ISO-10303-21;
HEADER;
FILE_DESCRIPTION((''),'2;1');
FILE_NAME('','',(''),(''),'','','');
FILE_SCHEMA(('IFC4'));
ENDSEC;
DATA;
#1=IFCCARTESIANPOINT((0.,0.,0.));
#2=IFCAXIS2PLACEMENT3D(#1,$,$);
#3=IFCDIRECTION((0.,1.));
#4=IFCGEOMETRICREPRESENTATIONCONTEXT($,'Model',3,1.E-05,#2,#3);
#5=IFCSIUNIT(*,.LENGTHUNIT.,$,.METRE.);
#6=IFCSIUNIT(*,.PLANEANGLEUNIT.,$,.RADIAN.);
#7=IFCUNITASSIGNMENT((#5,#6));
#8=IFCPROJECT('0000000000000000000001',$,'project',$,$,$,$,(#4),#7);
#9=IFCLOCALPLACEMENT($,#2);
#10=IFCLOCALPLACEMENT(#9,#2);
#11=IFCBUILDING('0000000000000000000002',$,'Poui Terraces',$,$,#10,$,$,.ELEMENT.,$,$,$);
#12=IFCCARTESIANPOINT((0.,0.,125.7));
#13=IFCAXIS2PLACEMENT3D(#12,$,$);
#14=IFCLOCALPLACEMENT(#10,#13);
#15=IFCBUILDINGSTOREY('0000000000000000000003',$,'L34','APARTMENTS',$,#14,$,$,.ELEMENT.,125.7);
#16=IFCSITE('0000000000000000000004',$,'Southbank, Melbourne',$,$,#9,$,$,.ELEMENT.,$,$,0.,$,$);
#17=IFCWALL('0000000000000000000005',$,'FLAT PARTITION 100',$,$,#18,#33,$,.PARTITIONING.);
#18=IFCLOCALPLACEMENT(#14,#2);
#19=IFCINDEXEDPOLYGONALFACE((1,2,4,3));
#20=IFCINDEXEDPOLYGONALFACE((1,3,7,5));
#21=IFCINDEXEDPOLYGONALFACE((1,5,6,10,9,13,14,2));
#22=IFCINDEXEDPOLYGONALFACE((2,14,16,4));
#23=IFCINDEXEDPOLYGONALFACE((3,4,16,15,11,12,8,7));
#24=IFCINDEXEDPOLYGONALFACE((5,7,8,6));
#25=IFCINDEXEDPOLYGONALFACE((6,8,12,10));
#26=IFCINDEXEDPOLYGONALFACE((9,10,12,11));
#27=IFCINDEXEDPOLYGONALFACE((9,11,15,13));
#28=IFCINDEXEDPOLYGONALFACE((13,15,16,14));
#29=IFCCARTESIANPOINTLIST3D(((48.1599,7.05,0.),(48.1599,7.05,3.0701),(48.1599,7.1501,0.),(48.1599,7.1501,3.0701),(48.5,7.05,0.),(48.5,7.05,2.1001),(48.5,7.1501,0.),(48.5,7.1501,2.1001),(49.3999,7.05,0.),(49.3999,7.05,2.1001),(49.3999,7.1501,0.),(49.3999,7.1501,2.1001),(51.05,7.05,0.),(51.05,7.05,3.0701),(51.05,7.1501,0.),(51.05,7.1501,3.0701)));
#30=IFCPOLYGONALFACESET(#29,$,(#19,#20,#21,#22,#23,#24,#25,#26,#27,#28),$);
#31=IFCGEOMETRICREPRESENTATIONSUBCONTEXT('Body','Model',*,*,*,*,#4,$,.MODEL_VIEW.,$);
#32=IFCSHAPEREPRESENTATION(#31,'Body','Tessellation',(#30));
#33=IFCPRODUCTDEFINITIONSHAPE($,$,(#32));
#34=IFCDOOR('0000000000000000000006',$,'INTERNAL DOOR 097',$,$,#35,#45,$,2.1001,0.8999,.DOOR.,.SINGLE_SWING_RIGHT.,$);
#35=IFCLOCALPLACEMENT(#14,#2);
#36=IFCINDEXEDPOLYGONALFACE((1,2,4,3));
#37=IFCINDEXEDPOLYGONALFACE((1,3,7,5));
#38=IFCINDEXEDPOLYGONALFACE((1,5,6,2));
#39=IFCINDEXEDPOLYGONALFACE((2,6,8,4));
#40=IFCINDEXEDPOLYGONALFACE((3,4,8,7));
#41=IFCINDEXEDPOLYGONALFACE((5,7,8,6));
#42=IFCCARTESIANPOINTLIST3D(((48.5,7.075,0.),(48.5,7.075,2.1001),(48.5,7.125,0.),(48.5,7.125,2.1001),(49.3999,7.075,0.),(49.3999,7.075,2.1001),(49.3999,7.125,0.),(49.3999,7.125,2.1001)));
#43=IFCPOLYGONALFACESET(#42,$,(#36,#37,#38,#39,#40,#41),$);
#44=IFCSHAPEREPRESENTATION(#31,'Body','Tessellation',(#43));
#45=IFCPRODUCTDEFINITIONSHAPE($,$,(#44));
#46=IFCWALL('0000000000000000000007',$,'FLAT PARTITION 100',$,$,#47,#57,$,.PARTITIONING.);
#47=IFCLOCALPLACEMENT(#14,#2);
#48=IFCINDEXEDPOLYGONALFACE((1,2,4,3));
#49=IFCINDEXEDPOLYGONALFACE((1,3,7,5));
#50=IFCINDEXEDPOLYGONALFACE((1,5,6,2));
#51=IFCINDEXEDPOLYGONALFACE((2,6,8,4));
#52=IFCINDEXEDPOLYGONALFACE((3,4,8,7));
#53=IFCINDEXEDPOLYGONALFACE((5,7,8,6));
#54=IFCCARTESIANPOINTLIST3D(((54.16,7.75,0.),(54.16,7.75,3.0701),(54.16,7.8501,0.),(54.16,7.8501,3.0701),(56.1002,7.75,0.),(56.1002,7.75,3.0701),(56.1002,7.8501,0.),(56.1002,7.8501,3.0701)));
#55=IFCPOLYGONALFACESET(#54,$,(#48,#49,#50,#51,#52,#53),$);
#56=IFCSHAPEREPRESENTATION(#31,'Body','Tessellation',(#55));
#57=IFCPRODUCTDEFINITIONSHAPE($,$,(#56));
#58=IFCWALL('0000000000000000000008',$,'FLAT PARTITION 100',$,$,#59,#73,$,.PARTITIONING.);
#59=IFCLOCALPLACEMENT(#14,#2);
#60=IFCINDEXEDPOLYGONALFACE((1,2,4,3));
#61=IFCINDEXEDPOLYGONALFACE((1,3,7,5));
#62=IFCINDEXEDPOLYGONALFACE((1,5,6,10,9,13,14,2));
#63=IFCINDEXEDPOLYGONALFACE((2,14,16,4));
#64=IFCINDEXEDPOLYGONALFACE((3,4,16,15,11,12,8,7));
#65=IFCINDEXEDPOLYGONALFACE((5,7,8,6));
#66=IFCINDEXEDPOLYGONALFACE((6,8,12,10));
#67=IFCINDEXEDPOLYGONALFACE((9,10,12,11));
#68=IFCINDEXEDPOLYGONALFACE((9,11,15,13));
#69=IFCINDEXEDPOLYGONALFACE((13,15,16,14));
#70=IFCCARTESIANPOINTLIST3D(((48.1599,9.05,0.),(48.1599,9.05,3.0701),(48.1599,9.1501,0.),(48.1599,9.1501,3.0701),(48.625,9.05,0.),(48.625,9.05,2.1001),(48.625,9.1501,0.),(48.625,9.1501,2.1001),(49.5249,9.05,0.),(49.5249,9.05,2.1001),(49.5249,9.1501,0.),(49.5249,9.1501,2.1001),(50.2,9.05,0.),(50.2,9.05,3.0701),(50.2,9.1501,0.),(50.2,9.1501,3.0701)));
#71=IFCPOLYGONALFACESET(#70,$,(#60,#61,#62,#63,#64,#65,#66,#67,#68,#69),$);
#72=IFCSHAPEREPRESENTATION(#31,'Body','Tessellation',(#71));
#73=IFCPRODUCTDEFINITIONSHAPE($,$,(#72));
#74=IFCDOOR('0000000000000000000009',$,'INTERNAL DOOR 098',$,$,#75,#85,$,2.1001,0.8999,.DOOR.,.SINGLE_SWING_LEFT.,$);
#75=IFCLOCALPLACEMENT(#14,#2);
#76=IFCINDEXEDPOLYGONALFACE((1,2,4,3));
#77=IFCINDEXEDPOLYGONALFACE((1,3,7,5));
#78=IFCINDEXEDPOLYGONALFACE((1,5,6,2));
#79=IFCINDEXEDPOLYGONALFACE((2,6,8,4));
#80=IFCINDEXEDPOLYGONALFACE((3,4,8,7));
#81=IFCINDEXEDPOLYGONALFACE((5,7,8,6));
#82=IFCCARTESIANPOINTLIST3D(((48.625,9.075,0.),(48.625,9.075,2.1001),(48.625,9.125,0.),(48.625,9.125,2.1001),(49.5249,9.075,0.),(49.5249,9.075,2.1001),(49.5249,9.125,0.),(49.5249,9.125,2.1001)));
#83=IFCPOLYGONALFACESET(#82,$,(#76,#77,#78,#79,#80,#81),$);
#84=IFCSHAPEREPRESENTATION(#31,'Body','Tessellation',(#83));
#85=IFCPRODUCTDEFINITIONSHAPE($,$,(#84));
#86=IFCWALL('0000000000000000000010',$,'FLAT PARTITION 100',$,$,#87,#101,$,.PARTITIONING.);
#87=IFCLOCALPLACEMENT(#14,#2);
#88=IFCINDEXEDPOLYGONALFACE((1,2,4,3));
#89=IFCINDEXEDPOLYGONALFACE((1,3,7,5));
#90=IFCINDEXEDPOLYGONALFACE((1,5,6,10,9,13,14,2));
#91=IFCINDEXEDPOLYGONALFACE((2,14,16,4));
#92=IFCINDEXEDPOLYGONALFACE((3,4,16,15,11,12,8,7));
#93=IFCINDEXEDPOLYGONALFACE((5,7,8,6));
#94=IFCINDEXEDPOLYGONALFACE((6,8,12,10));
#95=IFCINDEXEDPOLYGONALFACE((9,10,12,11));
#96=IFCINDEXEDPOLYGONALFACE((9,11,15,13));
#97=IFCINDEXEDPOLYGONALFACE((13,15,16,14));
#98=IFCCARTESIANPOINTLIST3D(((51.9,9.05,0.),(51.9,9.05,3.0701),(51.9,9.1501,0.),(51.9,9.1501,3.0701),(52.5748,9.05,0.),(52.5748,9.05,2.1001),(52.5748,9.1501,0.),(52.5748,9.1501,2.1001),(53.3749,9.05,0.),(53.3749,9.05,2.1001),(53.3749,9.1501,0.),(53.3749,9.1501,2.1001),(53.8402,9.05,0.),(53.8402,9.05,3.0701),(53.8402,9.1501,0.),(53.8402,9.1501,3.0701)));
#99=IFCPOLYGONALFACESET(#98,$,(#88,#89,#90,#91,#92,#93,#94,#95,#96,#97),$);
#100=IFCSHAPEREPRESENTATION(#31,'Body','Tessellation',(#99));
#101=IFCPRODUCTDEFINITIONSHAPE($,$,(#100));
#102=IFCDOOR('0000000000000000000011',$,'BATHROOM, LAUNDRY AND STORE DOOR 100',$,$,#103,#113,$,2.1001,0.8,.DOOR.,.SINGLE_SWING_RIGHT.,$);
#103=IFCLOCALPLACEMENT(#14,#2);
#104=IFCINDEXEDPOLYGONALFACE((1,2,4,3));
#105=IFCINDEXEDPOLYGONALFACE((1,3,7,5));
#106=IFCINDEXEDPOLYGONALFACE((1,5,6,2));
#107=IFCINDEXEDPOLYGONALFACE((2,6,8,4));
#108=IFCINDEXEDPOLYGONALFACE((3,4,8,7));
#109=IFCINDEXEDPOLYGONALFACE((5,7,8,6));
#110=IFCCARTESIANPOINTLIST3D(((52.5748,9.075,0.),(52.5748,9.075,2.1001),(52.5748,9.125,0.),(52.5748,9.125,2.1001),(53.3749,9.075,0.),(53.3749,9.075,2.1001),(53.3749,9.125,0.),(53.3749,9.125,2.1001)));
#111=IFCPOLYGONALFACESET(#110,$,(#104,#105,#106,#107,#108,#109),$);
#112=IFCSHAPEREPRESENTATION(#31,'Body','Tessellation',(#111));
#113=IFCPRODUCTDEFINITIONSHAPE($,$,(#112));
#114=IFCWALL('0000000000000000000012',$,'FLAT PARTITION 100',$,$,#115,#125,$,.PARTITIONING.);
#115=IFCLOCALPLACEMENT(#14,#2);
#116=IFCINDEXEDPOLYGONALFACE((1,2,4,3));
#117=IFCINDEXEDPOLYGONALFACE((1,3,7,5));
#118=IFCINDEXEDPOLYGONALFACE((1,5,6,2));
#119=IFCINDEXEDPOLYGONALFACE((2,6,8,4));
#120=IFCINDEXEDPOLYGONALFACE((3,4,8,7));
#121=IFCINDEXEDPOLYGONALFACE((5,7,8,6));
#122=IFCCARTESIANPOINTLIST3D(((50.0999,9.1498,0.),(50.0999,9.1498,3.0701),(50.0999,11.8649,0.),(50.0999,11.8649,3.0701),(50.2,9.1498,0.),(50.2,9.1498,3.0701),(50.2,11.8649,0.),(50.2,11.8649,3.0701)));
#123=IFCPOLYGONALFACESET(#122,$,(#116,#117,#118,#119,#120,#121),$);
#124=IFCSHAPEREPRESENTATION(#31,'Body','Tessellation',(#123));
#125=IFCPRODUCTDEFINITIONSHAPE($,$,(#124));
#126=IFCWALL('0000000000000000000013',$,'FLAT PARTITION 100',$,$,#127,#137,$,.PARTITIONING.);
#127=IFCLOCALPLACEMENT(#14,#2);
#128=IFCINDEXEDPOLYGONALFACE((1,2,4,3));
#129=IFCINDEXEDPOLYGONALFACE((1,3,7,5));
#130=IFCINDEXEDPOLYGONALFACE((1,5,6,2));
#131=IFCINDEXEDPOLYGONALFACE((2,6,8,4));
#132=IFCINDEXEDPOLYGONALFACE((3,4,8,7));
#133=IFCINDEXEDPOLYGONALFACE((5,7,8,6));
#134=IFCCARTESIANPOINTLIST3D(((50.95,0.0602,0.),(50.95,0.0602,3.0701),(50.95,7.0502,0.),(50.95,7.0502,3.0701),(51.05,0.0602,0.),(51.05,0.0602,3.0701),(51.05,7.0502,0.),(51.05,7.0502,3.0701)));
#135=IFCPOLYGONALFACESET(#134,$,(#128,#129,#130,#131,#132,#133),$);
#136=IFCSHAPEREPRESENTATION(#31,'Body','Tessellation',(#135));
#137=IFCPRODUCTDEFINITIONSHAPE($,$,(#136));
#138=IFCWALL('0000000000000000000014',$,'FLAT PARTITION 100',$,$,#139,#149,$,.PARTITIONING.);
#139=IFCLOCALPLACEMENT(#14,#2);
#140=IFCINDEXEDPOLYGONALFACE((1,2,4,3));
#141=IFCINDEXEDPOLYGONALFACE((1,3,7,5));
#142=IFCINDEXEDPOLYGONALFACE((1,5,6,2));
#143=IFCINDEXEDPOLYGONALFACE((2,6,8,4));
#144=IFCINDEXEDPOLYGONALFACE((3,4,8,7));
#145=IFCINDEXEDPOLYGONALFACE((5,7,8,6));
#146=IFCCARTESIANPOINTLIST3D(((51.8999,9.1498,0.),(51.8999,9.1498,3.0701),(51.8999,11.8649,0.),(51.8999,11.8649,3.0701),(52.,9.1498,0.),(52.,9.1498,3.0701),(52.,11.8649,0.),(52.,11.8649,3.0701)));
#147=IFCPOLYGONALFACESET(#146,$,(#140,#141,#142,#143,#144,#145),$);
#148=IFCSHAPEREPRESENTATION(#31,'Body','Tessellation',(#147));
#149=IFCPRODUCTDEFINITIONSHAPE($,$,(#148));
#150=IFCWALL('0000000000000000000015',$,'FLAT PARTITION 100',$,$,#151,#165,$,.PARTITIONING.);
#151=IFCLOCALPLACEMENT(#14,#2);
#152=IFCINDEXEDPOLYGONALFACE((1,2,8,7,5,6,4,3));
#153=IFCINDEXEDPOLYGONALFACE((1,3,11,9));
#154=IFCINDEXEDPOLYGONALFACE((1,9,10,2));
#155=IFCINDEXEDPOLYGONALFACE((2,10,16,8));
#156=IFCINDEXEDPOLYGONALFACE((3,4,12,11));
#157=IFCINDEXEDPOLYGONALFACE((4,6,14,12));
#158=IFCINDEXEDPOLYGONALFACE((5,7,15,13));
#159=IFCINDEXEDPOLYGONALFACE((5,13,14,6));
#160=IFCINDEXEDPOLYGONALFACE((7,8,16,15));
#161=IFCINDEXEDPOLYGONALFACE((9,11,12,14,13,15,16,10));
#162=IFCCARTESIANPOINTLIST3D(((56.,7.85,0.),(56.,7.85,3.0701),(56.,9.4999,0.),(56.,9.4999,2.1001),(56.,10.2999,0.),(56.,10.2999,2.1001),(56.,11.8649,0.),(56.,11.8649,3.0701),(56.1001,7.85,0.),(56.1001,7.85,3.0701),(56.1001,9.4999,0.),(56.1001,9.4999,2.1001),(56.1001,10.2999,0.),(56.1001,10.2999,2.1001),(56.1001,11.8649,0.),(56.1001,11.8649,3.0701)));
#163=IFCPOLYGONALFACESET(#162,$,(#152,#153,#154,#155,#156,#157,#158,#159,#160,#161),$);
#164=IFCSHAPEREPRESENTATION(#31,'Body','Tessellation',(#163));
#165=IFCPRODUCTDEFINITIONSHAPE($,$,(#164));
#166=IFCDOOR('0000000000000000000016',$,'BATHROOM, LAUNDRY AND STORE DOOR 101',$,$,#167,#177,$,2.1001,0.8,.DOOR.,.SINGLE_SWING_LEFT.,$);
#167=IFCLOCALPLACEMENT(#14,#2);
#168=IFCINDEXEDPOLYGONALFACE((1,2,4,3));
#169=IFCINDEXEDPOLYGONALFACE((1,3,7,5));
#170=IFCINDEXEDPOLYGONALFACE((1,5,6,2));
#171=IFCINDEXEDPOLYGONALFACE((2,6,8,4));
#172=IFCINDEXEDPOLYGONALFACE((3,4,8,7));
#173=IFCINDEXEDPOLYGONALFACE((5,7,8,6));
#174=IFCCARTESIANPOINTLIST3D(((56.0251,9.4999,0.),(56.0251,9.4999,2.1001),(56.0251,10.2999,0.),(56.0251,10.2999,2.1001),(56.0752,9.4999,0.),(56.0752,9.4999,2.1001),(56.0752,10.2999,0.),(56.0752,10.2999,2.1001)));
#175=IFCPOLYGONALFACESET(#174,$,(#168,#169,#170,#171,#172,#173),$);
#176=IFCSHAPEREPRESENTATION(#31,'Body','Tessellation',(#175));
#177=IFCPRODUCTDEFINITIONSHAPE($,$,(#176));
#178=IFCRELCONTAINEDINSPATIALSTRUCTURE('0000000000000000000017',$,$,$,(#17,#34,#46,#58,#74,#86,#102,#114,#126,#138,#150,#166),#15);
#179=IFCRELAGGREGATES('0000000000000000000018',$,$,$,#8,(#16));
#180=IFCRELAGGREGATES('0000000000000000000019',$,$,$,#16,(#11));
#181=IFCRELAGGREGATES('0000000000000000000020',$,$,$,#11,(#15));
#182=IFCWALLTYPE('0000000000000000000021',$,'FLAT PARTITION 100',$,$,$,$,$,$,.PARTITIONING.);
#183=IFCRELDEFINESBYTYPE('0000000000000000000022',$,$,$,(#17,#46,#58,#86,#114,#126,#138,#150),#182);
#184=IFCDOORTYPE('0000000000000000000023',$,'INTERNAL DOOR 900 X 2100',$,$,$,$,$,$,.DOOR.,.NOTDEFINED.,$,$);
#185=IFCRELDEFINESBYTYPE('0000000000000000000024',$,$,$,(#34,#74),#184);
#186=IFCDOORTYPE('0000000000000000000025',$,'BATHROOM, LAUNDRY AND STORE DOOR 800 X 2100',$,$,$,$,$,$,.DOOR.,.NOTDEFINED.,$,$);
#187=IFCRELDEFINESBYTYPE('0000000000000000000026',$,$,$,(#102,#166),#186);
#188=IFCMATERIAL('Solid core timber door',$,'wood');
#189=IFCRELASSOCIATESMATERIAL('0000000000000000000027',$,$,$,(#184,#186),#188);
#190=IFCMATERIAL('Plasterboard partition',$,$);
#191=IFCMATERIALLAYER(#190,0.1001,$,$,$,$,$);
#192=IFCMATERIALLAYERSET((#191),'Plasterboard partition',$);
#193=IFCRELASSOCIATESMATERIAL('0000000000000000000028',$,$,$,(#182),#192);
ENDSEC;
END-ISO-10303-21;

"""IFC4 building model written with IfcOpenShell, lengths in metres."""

from ifc_helpers import new_model, si_unit, direction, frame, frame_2d, origin, place, context, subcontext, project, spatial, rectangle, extrude, material, layer, layer_set, type_object, element, fill, save


model = new_model("IFC4")

# Units and contexts
model_context = context("Model", 3, precision=1e-05, world=origin(), true_north=direction((0.0, 1.0)))
body_context = subcontext(model_context, "Body", "Model", "MODEL_VIEW")
ifc_project = project(units=[si_unit("LENGTHUNIT", "METRE"), si_unit("PLANEANGLEUNIT", "RADIAN")], contexts=[model_context])

# Site, building, storey
site_placement = place(None, origin())
site = spatial("IfcSite", under=ifc_project, at=site_placement, Name="Southbank, Melbourne", CompositionType="ELEMENT", RefElevation=0.0)
building_placement = place(site_placement, origin())
building = spatial("IfcBuilding", under=site, at=building_placement, Name="Poui Terraces", CompositionType="ELEMENT")
storey_placement = place(building_placement, frame((0.0, 0.0, 125.7)))
storey = spatial("IfcBuildingStorey", under=building, at=storey_placement, Name="L34", Description="APARTMENTS", CompositionType="ELEMENT", Elevation=125.7)

# Shared definitions
ifc_material_1 = material(Name="Solid core timber door", Category="wood")
door_type_1 = type_object("IfcDoorType", Name="INTERNAL DOOR 900 X 2100", OperationType="NOTDEFINED", PredefinedType="DOOR", material=ifc_material_1)

# Wall, opening, door
ifc_material_2 = material(Name="Plasterboard partition")
ifc_layer_1 = layer(ifc_material_2, 0.1001)
ifc_layer_set_1 = layer_set([ifc_layer_1], Name="Plasterboard partition")
wall_type_1 = type_object("IfcWallType", Name="FLAT PARTITION 100", PredefinedType="PARTITIONING", material=ifc_layer_set_1)
wall_1_placement = place(storey_placement, frame((48.1599, 7.1001, 0.0), z_axis=(0.0, 0.0, 1.0), x_axis=(1.0, 0.0, 0.0)))
wall_1 = element("IfcWall", 1, at=wall_1_placement, inside=storey, type_object=wall_type_1, Name="FLAT PARTITION 100", PredefinedType="PARTITIONING", context=body_context, shape_type="SweptSolid", body=[
    extrude(rectangle(XDim=2.8901, YDim=0.1001, at=frame_2d((1.4451, 0.0))), origin(), (0.0, 0.0, 1.0), 3.0701),
])
opening_1_placement = place(wall_1_placement, frame((0.3401, 0.0, 0.0)))
opening_1 = element("IfcOpeningElement", 2, at=opening_1_placement, cuts=wall_1, PredefinedType="OPENING", context=body_context, shape_type="SweptSolid", body=[
    extrude(rectangle(XDim=0.8999, YDim=2.1001, at=frame_2d((0.45, 1.05))), frame((0.0, 0.0601, 0.0), z_axis=(0.0, -1.0, 0.0), x_axis=(1.0, 0.0, 0.0)), (0.0, 0.0, 1.0), 0.1201),
])
door_1_placement = place(opening_1_placement, origin())
door_1 = element("IfcDoor", 3, at=door_1_placement, inside=storey, type_object=door_type_1, Name="INTERNAL DOOR 097", OperationType="SINGLE_SWING_RIGHT", OverallHeight=2.1001, OverallWidth=0.8999, PredefinedType="DOOR", context=body_context, shape_type="SweptSolid", body=[
    extrude(rectangle(XDim=0.8999, YDim=2.1001, at=frame_2d((0.45, 1.05))), frame((0.0, 0.0249, 0.0), z_axis=(0.0, -1.0, 0.0), x_axis=(1.0, 0.0, 0.0)), (0.0, 0.0, 1.0), 0.05),
])
fill(opening_1, door_1)

# Wall
wall_2_placement = place(storey_placement, frame((54.1599, 7.8, 0.0), z_axis=(0.0, 0.0, 1.0), x_axis=(1.0, 0.0, 0.0)))
element("IfcWall", 4, at=wall_2_placement, inside=storey, type_object=wall_type_1, Name="FLAT PARTITION 100", PredefinedType="PARTITIONING", context=body_context, shape_type="SweptSolid", body=[
    extrude(rectangle(XDim=1.9402, YDim=0.1001, at=frame_2d((0.9702, 0.0))), origin(), (0.0, 0.0, 1.0), 3.0701),
])

# Walls, openings, doors
wall_3_placement = place(storey_placement, frame((48.1599, 9.1001, 0.0), z_axis=(0.0, 0.0, 1.0), x_axis=(1.0, 0.0, 0.0)))
wall_3 = element("IfcWall", 5, at=wall_3_placement, inside=storey, type_object=wall_type_1, Name="FLAT PARTITION 100", PredefinedType="PARTITIONING", context=body_context, shape_type="SweptSolid", body=[
    extrude(rectangle(XDim=2.04, YDim=0.1001, at=frame_2d((1.02, 0.0))), origin(), (0.0, 0.0, 1.0), 3.0701),
])
opening_2_placement = place(wall_3_placement, frame((0.4651, 0.0, 0.0)))
opening_2 = element("IfcOpeningElement", 6, at=opening_2_placement, cuts=wall_3, PredefinedType="OPENING", context=body_context, shape_type="SweptSolid", body=[
    extrude(rectangle(XDim=0.8999, YDim=2.1001, at=frame_2d((0.45, 1.05))), frame((0.0, 0.0601, 0.0), z_axis=(0.0, -1.0, 0.0), x_axis=(1.0, 0.0, 0.0)), (0.0, 0.0, 1.0), 0.1201),
])
door_2_placement = place(opening_2_placement, origin())
door_2 = element("IfcDoor", 7, at=door_2_placement, inside=storey, type_object=door_type_1, Name="INTERNAL DOOR 098", OperationType="SINGLE_SWING_LEFT", OverallHeight=2.1001, OverallWidth=0.8999, PredefinedType="DOOR", context=body_context, shape_type="SweptSolid", body=[
    extrude(rectangle(XDim=0.8999, YDim=2.1001, at=frame_2d((0.45, 1.05))), frame((0.0, 0.0249, 0.0), z_axis=(0.0, -1.0, 0.0), x_axis=(1.0, 0.0, 0.0)), (0.0, 0.0, 1.0), 0.05),
])
fill(opening_2, door_2)
wall_4_placement = place(storey_placement, frame((51.8999, 9.1001, 0.0), z_axis=(0.0, 0.0, 1.0), x_axis=(1.0, 0.0, 0.0)))
wall_4 = element("IfcWall", 8, at=wall_4_placement, inside=storey, type_object=wall_type_1, Name="FLAT PARTITION 100", PredefinedType="PARTITIONING", context=body_context, shape_type="SweptSolid", body=[
    extrude(rectangle(XDim=1.9402, YDim=0.1001, at=frame_2d((0.9702, 0.0))), origin(), (0.0, 0.0, 1.0), 3.0701),
])
opening_3_placement = place(wall_4_placement, frame((0.675, 0.0, 0.0)))
opening_3 = element("IfcOpeningElement", 9, at=opening_3_placement, cuts=wall_4, PredefinedType="OPENING", context=body_context, shape_type="SweptSolid", body=[
    extrude(rectangle(XDim=0.8, YDim=2.1001, at=frame_2d((0.3999, 1.05))), frame((0.0, 0.0601, 0.0), z_axis=(0.0, -1.0, 0.0), x_axis=(1.0, 0.0, 0.0)), (0.0, 0.0, 1.0), 0.1201),
])
door_type_2 = type_object("IfcDoorType", Name="BATHROOM, LAUNDRY AND STORE DOOR 800 X 2100", OperationType="NOTDEFINED", PredefinedType="DOOR", material=ifc_material_1)
door_3_placement = place(opening_3_placement, origin())
door_3 = element("IfcDoor", 10, at=door_3_placement, inside=storey, type_object=door_type_2, Name="BATHROOM, LAUNDRY AND STORE DOOR 100", OperationType="SINGLE_SWING_RIGHT", OverallHeight=2.1001, OverallWidth=0.8, PredefinedType="DOOR", context=body_context, shape_type="SweptSolid", body=[
    extrude(rectangle(XDim=0.8, YDim=2.1001, at=frame_2d((0.3999, 1.05))), frame((0.0, 0.0249, 0.0), z_axis=(0.0, -1.0, 0.0), x_axis=(1.0, 0.0, 0.0)), (0.0, 0.0, 1.0), 0.05),
])
fill(opening_3, door_3)

# Walls
wall_5_placement = place(storey_placement, frame((50.1499, 9.1499, 0.0), z_axis=(0.0, 0.0, 1.0), x_axis=(0.0, 1.0, 0.0)))
element("IfcWall", 11, at=wall_5_placement, inside=storey, type_object=wall_type_1, Name="FLAT PARTITION 100", PredefinedType="PARTITIONING", context=body_context, shape_type="SweptSolid", body=[
    extrude(rectangle(XDim=2.7151, YDim=0.1001, at=frame_2d((1.3574, 0.0))), origin(), (0.0, 0.0, 1.0), 3.0701),
])
wall_6_placement = place(storey_placement, frame((51.0, 0.0601, 0.0), z_axis=(0.0, 0.0, 1.0), x_axis=(0.0, 1.0, 0.0)))
element("IfcWall", 12, at=wall_6_placement, inside=storey, type_object=wall_type_1, Name="FLAT PARTITION 100", PredefinedType="PARTITIONING", context=body_context, shape_type="SweptSolid", body=[
    extrude(rectangle(XDim=6.99, YDim=0.1001, at=frame_2d((3.4951, 0.0))), origin(), (0.0, 0.0, 1.0), 3.0701),
])
wall_7_placement = place(storey_placement, frame((51.95, 9.1499, 0.0), z_axis=(0.0, 0.0, 1.0), x_axis=(0.0, 1.0, 0.0)))
element("IfcWall", 13, at=wall_7_placement, inside=storey, type_object=wall_type_1, Name="FLAT PARTITION 100", PredefinedType="PARTITIONING", context=body_context, shape_type="SweptSolid", body=[
    extrude(rectangle(XDim=2.7151, YDim=0.1001, at=frame_2d((1.3574, 0.0))), origin(), (0.0, 0.0, 1.0), 3.0701),
])

# Wall, opening, door
wall_8_placement = place(storey_placement, frame((56.05, 7.8501, 0.0), z_axis=(0.0, 0.0, 1.0), x_axis=(0.0, 1.0, 0.0)))
wall_8 = element("IfcWall", 14, at=wall_8_placement, inside=storey, type_object=wall_type_1, Name="FLAT PARTITION 100", PredefinedType="PARTITIONING", context=body_context, shape_type="SweptSolid", body=[
    extrude(rectangle(XDim=4.0149, YDim=0.1001, at=frame_2d((2.0073, 0.0))), origin(), (0.0, 0.0, 1.0), 3.0701),
])
opening_4_placement = place(wall_8_placement, frame((1.6499, 0.0, 0.0)))
opening_4 = element("IfcOpeningElement", 15, at=opening_4_placement, cuts=wall_8, PredefinedType="OPENING", context=body_context, shape_type="SweptSolid", body=[
    extrude(rectangle(XDim=0.8, YDim=2.1001, at=frame_2d((0.3999, 1.05))), frame((0.0, 0.0601, 0.0), z_axis=(0.0, -1.0, 0.0), x_axis=(1.0, 0.0, 0.0)), (0.0, 0.0, 1.0), 0.1201),
])
door_4_placement = place(opening_4_placement, origin())
door_4 = element("IfcDoor", 16, at=door_4_placement, inside=storey, type_object=door_type_2, Name="BATHROOM, LAUNDRY AND STORE DOOR 101", OperationType="SINGLE_SWING_LEFT", OverallHeight=2.1001, OverallWidth=0.8, PredefinedType="DOOR", context=body_context, shape_type="SweptSolid", body=[
    extrude(rectangle(XDim=0.8, YDim=2.1001, at=frame_2d((0.3999, 1.05))), frame((0.0, 0.0249, 0.0), z_axis=(0.0, -1.0, 0.0), x_axis=(1.0, 0.0, 0.0)), (0.0, 0.0, 1.0), 0.05),
])
fill(opening_4, door_4)

save(model, "model.ifc")
